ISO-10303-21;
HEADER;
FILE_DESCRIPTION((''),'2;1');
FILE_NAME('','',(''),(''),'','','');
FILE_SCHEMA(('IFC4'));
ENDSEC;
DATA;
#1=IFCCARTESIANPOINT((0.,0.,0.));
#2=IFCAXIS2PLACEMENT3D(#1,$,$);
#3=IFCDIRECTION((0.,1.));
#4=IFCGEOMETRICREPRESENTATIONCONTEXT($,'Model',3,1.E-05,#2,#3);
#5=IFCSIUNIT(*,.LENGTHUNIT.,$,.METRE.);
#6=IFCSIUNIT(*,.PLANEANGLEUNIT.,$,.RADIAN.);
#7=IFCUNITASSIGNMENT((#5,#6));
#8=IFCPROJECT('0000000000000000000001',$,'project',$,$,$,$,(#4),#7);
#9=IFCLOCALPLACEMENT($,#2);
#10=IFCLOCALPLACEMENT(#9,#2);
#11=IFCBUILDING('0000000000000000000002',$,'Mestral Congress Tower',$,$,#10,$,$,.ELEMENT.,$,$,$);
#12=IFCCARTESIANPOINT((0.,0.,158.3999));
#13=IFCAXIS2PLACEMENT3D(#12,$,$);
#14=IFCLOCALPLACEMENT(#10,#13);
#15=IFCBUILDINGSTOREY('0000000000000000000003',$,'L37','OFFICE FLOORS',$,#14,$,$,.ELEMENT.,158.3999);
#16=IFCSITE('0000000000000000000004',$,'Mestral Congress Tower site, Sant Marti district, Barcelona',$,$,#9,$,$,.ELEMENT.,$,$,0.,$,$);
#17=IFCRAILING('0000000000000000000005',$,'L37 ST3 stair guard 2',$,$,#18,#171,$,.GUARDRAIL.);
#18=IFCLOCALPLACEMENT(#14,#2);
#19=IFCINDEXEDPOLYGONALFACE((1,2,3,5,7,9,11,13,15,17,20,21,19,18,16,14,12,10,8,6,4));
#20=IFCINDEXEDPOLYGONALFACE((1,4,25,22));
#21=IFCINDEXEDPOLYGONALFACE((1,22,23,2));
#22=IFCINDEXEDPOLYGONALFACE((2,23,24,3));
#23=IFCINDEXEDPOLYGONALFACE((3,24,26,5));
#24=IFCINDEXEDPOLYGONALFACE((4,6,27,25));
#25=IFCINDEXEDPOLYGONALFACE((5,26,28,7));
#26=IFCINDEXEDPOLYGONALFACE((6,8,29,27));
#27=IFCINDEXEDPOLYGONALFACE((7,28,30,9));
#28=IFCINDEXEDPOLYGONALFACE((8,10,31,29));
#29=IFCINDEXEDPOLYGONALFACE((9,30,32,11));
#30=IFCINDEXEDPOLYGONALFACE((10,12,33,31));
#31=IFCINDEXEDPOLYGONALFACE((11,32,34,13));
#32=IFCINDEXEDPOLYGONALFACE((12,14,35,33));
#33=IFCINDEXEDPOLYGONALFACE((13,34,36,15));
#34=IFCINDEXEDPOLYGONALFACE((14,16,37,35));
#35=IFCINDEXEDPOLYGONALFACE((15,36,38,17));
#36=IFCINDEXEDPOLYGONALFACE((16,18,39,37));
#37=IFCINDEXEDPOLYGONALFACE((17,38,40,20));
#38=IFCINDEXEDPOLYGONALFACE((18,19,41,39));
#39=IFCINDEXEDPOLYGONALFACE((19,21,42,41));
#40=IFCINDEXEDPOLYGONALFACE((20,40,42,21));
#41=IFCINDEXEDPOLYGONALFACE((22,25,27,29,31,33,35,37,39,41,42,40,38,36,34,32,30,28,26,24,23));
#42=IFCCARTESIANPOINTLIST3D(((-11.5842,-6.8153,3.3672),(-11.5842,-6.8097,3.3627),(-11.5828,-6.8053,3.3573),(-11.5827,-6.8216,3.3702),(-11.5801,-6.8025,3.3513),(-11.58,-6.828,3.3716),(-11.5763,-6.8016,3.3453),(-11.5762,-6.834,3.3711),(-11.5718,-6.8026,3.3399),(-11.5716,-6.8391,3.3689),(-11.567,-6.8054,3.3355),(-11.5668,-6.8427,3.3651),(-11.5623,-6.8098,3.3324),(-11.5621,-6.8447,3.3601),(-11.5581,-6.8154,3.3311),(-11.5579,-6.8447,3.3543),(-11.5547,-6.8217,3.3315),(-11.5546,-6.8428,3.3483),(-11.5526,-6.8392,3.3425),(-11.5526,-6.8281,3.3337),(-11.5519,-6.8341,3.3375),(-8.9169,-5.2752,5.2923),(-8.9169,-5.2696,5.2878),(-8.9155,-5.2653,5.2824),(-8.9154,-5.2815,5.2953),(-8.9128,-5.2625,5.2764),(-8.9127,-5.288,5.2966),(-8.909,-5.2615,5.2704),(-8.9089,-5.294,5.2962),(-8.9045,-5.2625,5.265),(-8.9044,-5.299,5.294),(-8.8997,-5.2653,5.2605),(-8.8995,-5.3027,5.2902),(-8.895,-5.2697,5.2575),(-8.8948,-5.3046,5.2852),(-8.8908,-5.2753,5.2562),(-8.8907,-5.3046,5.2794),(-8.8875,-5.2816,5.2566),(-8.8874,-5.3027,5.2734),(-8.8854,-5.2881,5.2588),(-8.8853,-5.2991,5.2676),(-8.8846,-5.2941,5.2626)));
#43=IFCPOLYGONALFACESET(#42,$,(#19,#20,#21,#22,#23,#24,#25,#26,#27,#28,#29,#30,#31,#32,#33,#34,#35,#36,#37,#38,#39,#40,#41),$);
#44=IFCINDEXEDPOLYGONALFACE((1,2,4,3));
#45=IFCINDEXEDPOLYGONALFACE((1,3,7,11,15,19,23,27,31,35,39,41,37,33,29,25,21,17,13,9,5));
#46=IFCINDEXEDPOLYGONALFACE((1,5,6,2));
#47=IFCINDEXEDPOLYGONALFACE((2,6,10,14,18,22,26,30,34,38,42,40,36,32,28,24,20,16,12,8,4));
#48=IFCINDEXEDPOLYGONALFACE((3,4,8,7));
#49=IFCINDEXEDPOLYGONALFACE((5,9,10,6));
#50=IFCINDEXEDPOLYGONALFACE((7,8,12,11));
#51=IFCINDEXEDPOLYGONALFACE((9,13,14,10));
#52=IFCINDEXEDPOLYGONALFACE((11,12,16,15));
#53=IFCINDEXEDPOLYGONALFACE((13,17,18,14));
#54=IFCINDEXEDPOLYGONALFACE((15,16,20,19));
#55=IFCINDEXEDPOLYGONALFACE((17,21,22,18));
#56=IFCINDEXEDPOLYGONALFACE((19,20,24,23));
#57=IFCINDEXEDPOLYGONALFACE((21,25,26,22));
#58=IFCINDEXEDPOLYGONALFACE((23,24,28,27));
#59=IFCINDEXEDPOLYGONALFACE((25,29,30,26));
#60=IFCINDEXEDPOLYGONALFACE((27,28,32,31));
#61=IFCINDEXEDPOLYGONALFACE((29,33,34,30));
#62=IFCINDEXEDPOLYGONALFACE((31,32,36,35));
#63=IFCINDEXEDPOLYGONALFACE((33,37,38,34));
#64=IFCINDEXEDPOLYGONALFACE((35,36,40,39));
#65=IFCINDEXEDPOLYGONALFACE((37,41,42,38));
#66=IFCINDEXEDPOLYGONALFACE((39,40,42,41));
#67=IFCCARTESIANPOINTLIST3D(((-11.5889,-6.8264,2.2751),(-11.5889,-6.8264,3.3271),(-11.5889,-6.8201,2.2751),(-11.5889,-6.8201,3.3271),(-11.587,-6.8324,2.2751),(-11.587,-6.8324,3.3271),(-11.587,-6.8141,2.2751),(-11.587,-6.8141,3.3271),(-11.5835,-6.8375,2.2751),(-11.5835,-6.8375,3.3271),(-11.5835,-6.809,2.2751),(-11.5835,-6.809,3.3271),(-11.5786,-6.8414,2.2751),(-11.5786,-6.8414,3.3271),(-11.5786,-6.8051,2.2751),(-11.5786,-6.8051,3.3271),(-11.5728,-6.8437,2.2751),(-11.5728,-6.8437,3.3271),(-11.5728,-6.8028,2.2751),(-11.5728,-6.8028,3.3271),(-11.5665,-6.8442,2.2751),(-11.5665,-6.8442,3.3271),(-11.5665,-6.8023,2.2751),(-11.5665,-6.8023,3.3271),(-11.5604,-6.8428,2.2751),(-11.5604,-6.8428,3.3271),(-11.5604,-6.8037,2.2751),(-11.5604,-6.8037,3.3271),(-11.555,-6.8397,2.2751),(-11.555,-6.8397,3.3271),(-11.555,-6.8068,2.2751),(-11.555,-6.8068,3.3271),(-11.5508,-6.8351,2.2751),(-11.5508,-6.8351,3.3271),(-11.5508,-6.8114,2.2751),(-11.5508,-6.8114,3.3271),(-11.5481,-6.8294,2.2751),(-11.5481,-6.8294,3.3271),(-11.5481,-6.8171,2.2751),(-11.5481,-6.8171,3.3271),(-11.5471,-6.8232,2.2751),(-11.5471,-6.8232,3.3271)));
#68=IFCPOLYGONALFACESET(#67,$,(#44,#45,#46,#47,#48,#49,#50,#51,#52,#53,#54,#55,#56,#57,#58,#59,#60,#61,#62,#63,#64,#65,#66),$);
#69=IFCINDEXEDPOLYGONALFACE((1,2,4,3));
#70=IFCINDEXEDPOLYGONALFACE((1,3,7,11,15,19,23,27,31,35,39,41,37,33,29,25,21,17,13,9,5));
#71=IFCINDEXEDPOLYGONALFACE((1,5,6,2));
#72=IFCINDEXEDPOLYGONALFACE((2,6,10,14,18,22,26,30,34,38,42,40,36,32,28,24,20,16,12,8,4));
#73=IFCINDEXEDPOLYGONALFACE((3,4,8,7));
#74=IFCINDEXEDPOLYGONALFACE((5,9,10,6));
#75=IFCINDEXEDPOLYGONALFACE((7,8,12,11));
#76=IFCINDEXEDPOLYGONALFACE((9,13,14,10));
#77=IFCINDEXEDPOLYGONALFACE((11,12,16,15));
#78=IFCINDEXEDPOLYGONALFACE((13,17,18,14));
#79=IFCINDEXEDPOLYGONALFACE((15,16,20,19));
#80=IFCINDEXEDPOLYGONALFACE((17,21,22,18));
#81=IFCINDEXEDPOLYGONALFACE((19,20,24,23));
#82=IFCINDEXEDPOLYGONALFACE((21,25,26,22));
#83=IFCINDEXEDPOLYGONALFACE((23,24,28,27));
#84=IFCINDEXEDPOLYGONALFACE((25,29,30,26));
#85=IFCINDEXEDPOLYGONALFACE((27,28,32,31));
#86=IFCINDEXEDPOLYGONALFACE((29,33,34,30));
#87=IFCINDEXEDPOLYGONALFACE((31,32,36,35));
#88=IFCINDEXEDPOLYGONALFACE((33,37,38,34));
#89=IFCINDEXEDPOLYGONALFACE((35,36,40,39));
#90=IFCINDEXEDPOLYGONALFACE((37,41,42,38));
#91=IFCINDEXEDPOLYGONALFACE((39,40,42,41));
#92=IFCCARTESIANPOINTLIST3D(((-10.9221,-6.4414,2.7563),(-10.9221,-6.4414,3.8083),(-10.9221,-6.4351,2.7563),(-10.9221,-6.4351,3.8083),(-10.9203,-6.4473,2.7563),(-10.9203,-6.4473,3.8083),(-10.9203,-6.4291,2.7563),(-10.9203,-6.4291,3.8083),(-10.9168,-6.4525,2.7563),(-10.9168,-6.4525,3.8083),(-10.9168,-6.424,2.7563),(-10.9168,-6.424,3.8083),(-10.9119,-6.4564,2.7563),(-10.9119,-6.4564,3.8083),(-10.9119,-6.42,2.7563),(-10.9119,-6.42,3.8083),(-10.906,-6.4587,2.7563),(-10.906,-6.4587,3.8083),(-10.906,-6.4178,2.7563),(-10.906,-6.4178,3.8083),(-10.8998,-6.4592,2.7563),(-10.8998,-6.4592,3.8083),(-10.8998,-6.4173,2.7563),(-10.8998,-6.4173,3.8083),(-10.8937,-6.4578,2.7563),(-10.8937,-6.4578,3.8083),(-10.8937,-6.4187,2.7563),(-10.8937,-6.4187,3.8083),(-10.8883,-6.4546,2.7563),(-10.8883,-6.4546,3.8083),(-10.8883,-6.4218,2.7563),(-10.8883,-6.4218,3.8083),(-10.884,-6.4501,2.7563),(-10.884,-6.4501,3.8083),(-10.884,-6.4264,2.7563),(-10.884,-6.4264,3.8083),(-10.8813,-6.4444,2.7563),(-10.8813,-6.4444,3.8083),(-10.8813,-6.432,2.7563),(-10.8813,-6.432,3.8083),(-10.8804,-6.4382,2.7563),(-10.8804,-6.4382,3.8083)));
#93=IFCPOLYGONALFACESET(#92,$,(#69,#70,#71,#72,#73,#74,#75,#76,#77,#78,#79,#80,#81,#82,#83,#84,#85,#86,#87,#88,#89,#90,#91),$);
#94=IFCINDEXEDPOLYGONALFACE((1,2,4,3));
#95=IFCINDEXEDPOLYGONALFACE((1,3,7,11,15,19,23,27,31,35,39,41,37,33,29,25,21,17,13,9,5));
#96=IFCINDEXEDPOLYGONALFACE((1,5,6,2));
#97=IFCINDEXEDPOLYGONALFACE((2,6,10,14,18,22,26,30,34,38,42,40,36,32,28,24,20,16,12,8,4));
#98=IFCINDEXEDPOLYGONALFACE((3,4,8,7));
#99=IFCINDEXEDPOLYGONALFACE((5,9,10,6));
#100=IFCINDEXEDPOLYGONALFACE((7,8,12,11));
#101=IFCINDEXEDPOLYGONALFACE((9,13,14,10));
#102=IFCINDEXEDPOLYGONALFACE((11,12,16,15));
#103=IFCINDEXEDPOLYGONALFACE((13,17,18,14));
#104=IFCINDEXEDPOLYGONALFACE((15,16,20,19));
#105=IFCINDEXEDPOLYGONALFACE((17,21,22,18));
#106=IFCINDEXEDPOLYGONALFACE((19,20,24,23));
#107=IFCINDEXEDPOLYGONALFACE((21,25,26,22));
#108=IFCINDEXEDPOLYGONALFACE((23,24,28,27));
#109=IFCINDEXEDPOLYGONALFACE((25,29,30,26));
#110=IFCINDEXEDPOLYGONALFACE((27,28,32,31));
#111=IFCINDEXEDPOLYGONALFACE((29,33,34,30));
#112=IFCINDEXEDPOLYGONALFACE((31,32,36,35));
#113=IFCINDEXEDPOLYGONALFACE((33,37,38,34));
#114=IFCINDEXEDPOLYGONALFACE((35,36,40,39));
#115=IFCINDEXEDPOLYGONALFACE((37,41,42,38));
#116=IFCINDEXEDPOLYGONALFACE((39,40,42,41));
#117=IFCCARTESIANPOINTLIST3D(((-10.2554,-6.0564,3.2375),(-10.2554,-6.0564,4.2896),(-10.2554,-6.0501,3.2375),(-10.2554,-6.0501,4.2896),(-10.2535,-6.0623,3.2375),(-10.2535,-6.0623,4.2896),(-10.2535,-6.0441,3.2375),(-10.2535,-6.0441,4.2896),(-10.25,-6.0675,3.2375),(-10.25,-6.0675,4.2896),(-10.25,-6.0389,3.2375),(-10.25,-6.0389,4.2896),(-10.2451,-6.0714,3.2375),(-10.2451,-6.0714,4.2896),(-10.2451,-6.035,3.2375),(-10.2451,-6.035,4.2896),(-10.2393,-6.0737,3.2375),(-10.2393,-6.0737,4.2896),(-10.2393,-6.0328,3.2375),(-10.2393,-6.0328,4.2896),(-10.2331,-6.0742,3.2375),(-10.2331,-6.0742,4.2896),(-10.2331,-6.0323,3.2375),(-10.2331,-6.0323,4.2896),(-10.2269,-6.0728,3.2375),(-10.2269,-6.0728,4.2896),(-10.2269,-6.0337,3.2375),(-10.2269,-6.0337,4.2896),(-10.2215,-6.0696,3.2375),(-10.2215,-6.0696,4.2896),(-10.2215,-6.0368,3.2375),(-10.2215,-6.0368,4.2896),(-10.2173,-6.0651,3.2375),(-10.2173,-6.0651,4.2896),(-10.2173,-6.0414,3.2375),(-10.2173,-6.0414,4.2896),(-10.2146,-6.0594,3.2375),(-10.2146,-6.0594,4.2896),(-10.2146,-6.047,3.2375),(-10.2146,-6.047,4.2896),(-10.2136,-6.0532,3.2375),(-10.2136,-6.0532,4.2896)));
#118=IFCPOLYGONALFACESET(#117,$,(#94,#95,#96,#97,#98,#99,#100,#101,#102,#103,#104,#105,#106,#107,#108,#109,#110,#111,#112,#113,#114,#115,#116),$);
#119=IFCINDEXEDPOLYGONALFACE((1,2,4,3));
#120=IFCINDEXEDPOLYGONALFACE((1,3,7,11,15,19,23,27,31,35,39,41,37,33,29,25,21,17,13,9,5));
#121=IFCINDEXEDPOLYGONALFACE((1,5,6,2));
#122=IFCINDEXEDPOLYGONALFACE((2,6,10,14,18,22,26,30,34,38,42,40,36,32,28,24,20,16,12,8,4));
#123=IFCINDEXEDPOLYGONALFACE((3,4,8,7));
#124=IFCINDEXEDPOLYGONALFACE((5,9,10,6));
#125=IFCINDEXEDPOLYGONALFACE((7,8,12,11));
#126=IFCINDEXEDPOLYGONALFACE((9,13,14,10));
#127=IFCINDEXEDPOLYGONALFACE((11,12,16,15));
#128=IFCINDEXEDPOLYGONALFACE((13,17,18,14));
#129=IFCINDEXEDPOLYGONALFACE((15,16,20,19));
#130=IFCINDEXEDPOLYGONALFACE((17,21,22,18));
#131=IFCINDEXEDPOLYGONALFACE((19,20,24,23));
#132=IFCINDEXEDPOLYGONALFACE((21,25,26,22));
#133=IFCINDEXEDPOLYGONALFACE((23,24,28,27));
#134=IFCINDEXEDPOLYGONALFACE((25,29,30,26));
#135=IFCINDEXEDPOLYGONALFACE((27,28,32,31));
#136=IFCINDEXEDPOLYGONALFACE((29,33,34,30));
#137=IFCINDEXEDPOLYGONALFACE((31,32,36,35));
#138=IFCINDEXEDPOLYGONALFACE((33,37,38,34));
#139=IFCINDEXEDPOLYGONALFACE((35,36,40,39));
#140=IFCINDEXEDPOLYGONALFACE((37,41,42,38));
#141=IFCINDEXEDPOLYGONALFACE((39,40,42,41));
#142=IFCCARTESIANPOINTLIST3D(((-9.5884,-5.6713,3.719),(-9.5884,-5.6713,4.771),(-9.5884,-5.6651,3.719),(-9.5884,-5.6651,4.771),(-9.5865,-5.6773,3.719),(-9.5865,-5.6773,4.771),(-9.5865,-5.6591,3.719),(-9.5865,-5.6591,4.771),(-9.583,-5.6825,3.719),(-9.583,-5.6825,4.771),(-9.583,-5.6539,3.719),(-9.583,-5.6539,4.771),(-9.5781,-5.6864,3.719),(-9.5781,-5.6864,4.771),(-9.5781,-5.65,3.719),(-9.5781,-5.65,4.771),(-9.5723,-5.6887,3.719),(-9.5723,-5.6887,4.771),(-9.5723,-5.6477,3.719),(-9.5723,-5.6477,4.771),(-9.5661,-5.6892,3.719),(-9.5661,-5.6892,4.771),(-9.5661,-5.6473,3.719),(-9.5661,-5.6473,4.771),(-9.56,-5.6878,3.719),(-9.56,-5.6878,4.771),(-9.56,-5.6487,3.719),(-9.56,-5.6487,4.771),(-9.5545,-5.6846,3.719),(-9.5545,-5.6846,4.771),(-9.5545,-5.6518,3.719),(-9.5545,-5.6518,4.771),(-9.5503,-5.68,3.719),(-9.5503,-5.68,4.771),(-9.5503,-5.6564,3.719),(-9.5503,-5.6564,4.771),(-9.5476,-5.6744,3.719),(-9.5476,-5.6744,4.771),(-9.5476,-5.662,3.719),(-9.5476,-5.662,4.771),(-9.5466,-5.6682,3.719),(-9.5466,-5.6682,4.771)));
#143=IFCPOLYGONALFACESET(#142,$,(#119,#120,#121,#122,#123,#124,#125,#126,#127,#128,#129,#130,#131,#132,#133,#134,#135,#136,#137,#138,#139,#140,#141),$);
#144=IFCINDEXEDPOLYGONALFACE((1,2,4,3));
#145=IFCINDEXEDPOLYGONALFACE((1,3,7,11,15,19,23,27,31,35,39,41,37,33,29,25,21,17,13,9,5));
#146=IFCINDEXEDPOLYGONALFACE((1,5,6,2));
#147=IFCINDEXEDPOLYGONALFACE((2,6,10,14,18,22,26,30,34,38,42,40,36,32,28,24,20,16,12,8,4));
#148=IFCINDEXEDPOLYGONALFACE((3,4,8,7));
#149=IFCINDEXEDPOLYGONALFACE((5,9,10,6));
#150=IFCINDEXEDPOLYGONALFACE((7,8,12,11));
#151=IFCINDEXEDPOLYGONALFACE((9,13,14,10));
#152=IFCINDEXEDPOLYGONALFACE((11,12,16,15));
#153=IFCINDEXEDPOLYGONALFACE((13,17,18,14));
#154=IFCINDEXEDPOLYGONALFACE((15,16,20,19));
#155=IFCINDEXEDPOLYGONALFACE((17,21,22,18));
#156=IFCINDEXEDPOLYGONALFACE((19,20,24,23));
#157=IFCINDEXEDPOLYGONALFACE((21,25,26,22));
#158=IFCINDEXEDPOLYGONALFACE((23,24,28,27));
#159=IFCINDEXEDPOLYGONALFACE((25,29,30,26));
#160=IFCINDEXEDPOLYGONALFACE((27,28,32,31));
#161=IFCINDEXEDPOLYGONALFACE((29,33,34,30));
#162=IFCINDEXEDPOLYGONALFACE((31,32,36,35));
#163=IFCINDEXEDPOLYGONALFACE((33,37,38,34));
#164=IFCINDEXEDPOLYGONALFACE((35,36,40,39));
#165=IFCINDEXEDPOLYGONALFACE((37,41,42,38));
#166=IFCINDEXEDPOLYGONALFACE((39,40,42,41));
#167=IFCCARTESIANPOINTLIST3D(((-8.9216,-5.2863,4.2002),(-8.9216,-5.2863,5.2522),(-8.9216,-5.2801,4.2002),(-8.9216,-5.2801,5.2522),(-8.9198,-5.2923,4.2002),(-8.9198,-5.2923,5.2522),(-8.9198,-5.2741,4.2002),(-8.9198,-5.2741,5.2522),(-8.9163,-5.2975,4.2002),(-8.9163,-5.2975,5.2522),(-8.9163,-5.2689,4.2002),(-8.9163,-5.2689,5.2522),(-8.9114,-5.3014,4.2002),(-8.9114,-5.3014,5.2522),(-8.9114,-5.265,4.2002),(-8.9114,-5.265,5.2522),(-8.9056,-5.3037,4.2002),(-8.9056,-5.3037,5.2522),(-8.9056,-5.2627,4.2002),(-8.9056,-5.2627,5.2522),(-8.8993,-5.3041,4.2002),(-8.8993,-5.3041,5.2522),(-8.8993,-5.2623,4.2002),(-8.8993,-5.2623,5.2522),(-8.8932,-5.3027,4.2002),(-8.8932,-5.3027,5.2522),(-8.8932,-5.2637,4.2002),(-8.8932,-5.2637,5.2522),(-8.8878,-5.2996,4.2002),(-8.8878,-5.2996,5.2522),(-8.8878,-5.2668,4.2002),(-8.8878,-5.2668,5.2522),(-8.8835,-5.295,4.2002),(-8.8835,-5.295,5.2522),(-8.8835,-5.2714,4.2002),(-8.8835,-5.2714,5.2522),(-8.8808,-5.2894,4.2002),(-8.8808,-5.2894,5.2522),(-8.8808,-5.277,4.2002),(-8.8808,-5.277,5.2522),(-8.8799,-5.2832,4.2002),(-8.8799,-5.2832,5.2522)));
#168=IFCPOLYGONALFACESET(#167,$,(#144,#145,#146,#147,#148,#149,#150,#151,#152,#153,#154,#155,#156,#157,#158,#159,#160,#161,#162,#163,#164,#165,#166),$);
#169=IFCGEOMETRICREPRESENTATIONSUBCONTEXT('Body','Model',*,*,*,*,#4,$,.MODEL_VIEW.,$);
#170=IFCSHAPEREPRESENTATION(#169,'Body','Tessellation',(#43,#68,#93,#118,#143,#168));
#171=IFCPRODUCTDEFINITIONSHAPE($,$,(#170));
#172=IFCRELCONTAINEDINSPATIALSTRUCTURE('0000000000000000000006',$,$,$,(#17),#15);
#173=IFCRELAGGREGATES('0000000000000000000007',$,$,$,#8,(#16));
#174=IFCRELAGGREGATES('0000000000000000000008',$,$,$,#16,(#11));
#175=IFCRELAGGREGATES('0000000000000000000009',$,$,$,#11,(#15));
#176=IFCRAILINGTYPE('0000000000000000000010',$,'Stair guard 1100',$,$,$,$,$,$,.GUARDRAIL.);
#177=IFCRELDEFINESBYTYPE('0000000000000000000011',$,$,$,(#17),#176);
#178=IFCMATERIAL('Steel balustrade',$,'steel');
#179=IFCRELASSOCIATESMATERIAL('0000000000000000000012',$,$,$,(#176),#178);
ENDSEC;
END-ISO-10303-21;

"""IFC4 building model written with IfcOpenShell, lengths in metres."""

from ifc_helpers import new_model, si_unit, direction, frame, origin, origin_2d, place, context, subcontext, project, spatial, circle, extrude, material, type_object, element, save


model = new_model("IFC4")

# Units and contexts
model_context = context("Model", 3, precision=1e-05, world=origin(), true_north=direction((0.0, 1.0)))
body_context = subcontext(model_context, "Body", "Model", "MODEL_VIEW")
ifc_project = project(units=[si_unit("LENGTHUNIT", "METRE"), si_unit("PLANEANGLEUNIT", "RADIAN")], contexts=[model_context])

# Site, building, storey
site_placement = place(None, origin())
site = spatial("IfcSite", under=ifc_project, at=site_placement, Name="Mestral Congress Tower site, Sant Marti district, Barcelona", CompositionType="ELEMENT", RefElevation=0.0)
building_placement = place(site_placement, origin())
building = spatial("IfcBuilding", under=site, at=building_placement, Name="Mestral Congress Tower", CompositionType="ELEMENT")
storey_placement = place(building_placement, frame((0.0, 0.0, 158.3999)))
storey = spatial("IfcBuildingStorey", under=building, at=storey_placement, Name="L37", Description="OFFICE FLOORS", CompositionType="ELEMENT", Elevation=158.3999)

# Railing
ifc_material_1 = material(Name="Steel balustrade", Category="steel")
railing_type_1 = type_object("IfcRailingType", Name="Stair guard 1100", PredefinedType="GUARDRAIL", material=ifc_material_1)
railing_1_placement = place(storey_placement, frame((-11.5681, -6.8232, 2.2751)))
element("IfcRailing", 1, at=railing_1_placement, inside=storey, type_object=railing_type_1, Name="L37 ST3 stair guard 2", PredefinedType="GUARDRAIL", context=body_context, shape_type="SweptSolid", body=[
    extrude(circle(Radius=0.0239, at=origin_2d()), frame((0.0, 0.0, 1.0762), z_axis=(0.734364, 0.424015, 0.530019), x_axis=(-0.500027, 0.86601, 0.0)), (0.0, 0.0, 1.0), 3.6321),
    extrude(circle(Radius=0.021, at=origin_2d()), origin(), (0.0, 0.0, 1.0), 1.052),
    extrude(circle(Radius=0.021, at=origin_2d()), frame((0.6667, 0.385, 0.4812)), (0.0, 0.0, 1.0), 1.052),
    extrude(circle(Radius=0.021, at=origin_2d()), frame((1.3335, 0.77, 0.9624)), (0.0, 0.0, 1.0), 1.052),
    extrude(circle(Radius=0.021, at=origin_2d()), frame((2.0005, 1.155, 1.4438)), (0.0, 0.0, 1.0), 1.052),
    extrude(circle(Radius=0.021, at=origin_2d()), frame((2.6672, 1.54, 1.925)), (0.0, 0.0, 1.0), 1.052),
])

save(model, "model.ifc")
